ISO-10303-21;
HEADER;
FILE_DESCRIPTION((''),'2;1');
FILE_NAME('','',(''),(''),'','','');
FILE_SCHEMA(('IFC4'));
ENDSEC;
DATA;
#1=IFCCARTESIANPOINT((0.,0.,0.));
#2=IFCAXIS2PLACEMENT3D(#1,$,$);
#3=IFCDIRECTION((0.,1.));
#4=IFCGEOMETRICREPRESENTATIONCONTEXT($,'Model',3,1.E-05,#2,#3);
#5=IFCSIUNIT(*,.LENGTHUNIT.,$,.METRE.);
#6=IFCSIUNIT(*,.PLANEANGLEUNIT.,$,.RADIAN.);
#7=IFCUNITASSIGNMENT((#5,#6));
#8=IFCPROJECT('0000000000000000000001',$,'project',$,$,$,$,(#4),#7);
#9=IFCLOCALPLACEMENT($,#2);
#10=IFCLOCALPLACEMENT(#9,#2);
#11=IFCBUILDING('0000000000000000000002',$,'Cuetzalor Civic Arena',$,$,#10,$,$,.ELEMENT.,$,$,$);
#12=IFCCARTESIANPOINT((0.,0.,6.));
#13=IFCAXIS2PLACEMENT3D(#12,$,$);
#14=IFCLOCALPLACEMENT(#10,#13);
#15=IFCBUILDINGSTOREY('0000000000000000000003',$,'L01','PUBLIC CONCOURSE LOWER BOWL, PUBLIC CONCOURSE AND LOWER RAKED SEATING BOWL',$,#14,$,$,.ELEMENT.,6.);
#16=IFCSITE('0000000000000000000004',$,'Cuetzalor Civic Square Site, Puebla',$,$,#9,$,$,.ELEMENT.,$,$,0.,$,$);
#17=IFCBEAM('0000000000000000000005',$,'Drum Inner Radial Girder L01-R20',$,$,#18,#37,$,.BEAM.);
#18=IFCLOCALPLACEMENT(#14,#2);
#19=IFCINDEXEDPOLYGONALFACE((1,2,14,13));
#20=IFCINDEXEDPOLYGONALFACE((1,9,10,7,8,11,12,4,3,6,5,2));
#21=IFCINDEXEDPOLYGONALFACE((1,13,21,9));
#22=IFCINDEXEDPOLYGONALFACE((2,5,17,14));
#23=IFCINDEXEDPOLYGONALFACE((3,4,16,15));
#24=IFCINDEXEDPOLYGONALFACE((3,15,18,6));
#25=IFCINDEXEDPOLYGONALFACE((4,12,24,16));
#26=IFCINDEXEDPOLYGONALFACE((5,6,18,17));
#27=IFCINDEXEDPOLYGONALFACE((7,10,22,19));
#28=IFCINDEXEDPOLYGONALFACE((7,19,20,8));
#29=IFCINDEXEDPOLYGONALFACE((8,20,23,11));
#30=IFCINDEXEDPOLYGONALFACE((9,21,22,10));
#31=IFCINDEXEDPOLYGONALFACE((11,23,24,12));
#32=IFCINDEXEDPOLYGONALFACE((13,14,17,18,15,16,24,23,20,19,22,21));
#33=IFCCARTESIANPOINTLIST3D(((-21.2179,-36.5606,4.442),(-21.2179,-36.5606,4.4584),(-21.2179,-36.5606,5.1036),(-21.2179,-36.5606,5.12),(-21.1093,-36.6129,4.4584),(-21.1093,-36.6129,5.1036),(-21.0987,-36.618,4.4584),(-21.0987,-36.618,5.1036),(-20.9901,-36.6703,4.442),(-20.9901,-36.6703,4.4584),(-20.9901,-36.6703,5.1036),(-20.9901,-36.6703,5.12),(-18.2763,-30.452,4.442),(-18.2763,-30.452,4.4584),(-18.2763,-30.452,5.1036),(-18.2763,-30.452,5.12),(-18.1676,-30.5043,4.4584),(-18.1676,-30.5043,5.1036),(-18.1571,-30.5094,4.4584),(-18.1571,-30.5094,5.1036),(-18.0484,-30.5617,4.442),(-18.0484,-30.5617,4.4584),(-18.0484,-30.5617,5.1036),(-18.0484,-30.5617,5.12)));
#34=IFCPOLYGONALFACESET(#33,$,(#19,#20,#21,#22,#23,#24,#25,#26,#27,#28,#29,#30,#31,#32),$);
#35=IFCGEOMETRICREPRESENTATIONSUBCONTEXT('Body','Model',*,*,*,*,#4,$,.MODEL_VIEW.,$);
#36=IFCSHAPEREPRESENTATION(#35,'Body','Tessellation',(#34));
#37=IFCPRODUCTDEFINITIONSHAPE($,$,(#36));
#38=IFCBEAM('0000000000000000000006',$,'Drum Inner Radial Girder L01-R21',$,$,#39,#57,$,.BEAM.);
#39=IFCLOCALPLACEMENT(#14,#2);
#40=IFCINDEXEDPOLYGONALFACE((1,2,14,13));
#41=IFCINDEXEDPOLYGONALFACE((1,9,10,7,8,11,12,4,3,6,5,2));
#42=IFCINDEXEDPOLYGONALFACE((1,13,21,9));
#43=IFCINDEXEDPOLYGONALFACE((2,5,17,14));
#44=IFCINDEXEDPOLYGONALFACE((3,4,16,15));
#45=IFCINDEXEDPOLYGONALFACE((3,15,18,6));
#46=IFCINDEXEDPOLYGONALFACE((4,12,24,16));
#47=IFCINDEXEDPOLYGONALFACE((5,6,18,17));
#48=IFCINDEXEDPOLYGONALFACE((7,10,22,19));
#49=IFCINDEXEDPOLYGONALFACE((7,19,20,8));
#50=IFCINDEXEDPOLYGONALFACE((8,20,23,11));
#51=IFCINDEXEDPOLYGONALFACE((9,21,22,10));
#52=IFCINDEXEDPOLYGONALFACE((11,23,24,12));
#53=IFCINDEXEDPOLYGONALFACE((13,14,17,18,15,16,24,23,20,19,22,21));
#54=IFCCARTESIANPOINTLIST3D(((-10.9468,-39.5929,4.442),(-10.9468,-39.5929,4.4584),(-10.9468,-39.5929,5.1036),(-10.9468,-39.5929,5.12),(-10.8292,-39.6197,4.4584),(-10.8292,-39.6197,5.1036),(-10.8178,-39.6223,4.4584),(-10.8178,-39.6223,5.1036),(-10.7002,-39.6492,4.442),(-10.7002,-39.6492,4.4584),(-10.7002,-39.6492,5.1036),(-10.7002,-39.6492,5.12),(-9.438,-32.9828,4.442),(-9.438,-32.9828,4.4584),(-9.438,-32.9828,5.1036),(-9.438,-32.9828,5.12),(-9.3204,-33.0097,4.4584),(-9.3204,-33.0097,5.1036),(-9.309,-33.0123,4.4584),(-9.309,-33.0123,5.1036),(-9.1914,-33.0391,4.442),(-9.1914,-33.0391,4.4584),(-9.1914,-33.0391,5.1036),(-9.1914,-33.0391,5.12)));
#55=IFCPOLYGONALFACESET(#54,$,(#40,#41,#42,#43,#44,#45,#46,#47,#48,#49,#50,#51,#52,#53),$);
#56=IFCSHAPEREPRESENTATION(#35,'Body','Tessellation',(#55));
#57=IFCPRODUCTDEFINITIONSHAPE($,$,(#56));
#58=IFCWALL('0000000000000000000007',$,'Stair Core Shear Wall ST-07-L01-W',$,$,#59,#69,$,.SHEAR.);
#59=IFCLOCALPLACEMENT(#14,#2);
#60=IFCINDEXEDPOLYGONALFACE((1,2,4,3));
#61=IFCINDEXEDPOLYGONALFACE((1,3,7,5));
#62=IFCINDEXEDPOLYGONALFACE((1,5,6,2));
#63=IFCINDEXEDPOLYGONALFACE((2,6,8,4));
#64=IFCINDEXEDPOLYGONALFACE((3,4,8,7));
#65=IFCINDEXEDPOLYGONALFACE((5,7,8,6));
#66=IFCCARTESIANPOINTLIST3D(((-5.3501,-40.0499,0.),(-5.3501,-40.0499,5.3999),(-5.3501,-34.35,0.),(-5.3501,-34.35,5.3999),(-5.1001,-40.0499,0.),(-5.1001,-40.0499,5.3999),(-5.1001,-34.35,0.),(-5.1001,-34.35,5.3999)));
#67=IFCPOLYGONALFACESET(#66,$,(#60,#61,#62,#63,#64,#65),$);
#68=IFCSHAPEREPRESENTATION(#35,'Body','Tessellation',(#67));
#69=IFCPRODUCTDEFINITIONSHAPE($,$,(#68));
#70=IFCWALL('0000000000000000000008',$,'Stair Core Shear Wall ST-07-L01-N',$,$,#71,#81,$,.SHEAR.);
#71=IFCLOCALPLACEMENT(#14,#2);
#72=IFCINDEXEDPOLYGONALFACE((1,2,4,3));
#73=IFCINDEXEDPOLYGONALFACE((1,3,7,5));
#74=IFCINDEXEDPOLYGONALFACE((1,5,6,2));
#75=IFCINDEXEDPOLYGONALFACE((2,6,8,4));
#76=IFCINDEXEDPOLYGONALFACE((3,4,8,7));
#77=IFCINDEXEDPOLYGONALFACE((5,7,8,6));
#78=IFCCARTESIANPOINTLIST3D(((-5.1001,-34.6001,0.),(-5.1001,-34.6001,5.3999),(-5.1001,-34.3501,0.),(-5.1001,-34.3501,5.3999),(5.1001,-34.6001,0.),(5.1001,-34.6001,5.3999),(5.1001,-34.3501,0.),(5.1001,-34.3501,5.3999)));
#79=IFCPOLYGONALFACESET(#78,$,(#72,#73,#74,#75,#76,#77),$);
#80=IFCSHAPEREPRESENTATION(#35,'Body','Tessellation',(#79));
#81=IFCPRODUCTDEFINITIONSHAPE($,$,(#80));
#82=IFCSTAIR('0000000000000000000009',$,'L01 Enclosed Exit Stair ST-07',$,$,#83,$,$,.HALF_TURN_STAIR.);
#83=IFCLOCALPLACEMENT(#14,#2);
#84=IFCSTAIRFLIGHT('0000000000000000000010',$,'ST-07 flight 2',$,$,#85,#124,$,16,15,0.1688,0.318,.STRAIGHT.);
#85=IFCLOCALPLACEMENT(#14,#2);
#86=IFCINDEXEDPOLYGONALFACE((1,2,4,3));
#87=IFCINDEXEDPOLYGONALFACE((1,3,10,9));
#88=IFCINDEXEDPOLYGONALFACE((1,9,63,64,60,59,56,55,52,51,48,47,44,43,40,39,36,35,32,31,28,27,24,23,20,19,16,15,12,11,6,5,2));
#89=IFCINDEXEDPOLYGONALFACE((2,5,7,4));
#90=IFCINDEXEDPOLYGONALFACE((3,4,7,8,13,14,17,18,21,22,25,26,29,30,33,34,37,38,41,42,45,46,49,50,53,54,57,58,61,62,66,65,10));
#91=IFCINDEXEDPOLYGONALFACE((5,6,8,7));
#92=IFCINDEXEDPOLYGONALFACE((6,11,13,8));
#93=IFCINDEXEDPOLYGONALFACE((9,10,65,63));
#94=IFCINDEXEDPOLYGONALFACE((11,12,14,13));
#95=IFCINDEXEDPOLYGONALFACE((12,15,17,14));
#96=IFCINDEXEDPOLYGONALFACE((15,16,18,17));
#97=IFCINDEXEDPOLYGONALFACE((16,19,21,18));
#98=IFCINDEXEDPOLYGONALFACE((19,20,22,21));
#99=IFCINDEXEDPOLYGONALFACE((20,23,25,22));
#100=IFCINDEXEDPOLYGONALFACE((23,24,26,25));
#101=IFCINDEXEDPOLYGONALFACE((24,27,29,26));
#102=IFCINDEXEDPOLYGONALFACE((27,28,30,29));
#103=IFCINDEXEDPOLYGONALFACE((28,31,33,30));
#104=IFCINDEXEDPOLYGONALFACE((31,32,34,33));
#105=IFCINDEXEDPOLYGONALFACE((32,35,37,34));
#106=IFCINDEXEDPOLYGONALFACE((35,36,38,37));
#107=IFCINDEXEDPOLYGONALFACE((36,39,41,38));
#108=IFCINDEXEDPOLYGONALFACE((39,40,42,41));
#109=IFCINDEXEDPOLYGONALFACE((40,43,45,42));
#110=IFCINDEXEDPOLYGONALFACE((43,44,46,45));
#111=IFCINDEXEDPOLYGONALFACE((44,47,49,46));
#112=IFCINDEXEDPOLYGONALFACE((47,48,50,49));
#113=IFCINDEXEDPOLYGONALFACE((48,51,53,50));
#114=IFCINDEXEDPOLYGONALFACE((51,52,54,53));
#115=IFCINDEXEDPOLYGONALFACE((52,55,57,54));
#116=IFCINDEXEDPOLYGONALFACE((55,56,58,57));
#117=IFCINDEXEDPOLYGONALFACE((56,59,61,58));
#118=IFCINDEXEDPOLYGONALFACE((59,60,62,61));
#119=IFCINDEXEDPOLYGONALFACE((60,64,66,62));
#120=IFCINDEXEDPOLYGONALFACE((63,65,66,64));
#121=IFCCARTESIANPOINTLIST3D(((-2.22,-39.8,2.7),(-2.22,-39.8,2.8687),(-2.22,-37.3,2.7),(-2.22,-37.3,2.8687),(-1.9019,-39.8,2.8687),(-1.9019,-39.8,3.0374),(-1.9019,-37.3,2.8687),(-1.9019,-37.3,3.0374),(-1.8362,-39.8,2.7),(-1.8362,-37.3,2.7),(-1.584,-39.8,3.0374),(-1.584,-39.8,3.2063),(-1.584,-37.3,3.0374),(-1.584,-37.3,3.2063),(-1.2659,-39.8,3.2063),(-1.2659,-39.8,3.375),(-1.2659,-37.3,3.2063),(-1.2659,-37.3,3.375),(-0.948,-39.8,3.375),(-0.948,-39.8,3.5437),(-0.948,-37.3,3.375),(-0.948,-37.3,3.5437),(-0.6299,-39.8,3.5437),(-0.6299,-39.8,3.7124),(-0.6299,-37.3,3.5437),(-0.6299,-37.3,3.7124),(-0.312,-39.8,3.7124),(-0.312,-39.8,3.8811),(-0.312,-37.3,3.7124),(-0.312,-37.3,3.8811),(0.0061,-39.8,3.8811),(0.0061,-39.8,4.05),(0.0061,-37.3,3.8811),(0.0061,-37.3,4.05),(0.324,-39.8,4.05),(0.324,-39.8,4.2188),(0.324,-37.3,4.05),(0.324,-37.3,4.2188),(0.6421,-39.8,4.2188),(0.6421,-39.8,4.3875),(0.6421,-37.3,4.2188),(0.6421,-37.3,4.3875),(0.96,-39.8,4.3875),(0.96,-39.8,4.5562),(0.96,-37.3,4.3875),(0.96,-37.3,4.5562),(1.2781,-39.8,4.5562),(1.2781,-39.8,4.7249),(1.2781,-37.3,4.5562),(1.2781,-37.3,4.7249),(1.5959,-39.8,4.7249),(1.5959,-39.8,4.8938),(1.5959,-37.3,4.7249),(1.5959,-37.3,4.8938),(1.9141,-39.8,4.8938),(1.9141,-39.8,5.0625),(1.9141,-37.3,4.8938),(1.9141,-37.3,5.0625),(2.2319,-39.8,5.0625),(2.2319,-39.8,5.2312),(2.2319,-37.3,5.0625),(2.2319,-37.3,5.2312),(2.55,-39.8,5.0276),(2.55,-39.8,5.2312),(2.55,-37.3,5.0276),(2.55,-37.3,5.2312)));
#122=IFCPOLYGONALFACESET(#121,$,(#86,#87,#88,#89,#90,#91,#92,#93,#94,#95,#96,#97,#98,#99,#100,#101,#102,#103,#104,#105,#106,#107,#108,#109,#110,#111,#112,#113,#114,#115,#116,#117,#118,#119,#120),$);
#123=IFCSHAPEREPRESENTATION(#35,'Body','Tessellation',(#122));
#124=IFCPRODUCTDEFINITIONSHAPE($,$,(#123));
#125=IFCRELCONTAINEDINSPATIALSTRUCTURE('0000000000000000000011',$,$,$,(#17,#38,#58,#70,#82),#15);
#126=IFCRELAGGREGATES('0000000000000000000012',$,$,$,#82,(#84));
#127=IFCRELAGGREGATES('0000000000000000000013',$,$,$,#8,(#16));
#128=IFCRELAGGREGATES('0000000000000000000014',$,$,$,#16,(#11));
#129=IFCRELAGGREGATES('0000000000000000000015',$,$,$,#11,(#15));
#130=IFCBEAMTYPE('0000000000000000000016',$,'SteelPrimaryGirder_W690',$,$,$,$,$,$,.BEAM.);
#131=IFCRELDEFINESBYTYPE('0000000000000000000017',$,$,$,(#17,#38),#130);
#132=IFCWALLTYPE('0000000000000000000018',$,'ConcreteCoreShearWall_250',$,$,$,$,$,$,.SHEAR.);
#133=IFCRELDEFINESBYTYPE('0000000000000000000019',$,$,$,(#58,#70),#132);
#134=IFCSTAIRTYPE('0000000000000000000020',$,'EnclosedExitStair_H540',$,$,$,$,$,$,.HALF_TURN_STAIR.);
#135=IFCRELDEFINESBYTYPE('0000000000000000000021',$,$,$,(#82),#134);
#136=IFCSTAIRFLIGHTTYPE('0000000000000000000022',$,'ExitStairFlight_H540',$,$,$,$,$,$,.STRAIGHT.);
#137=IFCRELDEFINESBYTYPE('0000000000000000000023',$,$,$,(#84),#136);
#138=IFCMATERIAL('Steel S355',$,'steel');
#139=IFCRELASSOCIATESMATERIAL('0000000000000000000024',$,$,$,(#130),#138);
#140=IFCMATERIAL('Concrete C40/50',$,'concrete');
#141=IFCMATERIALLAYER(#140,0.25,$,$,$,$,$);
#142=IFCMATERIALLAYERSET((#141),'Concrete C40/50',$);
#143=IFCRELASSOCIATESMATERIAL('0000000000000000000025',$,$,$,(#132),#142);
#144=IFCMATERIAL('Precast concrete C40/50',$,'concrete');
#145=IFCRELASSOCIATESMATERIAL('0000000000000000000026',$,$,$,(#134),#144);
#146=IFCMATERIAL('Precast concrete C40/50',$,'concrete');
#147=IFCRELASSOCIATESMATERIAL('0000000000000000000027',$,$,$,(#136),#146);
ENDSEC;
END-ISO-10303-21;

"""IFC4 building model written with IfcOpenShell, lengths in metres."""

from ifc_helpers import new_model, si_unit, direction, frame, frame_2d, origin, origin_2d, place, context, subcontext, project, spatial, polyline, rectangle, i_section, outline, extrude, material, layer, layer_set, material_profile, profile_set, type_object, element, aggregate, save


model = new_model("IFC4")

# Units and contexts
model_context = context("Model", 3, precision=1e-05, world=origin(), true_north=direction((0.0, 1.0)))
body_context = subcontext(model_context, "Body", "Model", "MODEL_VIEW")
ifc_project = project(units=[si_unit("LENGTHUNIT", "METRE"), si_unit("PLANEANGLEUNIT", "RADIAN")], contexts=[model_context])

# Site, building, storey
site_placement = place(None, origin())
site = spatial("IfcSite", under=ifc_project, at=site_placement, Name="Cuetzalor Civic Square Site, Puebla", CompositionType="ELEMENT", RefElevation=0.0)
building_placement = place(site_placement, origin())
building = spatial("IfcBuilding", under=site, at=building_placement, Name="Cuetzalor Civic Arena", CompositionType="ELEMENT")
storey_placement = place(building_placement, frame((0.0, 0.0, 6.0)))
storey = spatial("IfcBuildingStorey", under=building, at=storey_placement, Name="L01", Description="PUBLIC CONCOURSE LOWER BOWL, PUBLIC CONCOURSE AND LOWER RAKED SEATING BOWL", CompositionType="ELEMENT", Elevation=6.0)

# Beams
ifc_material_1 = material(Name="Steel S355", Category="steel")
ifc_material_profile_1 = material_profile(ifc_material_1, i_section(OverallWidth=0.2529, OverallDepth=0.678, WebThickness=0.0117, FlangeThickness=0.0164, at=origin_2d()), Name="W690x125")
ifc_profile_set_1 = profile_set([ifc_material_profile_1], Name="Steel S355")
beam_type_1 = type_object("IfcBeamType", Name="SteelPrimaryGirder_W690", PredefinedType="BEAM", material=ifc_profile_set_1)
for number, where, z_axis, x_axis, name in (
    (1, (-18.1624, -30.5068, 4.781), (-0.43387, -0.900976, 0.0), (0.900976, -0.43387, 0.0), "Drum Inner Radial Girder L01-R20"),
    (2, (-9.3147, -33.011, 4.781), (-0.222531, -0.974926, 0.0), (0.974926, -0.222531, 0.0), "Drum Inner Radial Girder L01-R21"),
):
    element("IfcBeam", number, at=place(storey_placement, frame(where, z_axis=z_axis, x_axis=x_axis)), inside=storey, type_object=beam_type_1, Name=name, PredefinedType="BEAM", context=body_context, shape_type="SweptSolid", body=[
        extrude(i_section(OverallWidth=0.2529, OverallDepth=0.678, WebThickness=0.0117, FlangeThickness=0.0164, at=origin_2d()), origin(), (0.0, 0.0, 1.0), 6.78),
    ])

# Walls
ifc_material_2 = material(Name="Concrete C40/50", Category="concrete")
ifc_layer = layer(ifc_material_2, 0.25)
ifc_layer_set = layer_set([ifc_layer], Name="Concrete C40/50")
wall_type = type_object("IfcWallType", Name="ConcreteCoreShearWall_250", PredefinedType="SHEAR", material=ifc_layer_set)
wall_1_placement = place(storey_placement, frame((-5.2251, -40.05, 0.0), z_axis=(0.0, 0.0, 1.0), x_axis=(0.0, 1.0, 0.0)))
element("IfcWall", 3, at=wall_1_placement, inside=storey, type_object=wall_type, Name="Stair Core Shear Wall ST-07-L01-W", PredefinedType="SHEAR", context=body_context, shape_type="SweptSolid", body=[
    extrude(rectangle(XDim=5.7, YDim=0.25, at=frame_2d((2.8501, 0.0))), origin(), (0.0, 0.0, 1.0), 5.3999),
])
wall_2_placement = place(storey_placement, frame((-5.1001, -34.4751, 0.0), z_axis=(0.0, 0.0, 1.0), x_axis=(1.0, 0.0, 0.0)))
element("IfcWall", 4, at=wall_2_placement, inside=storey, type_object=wall_type, Name="Stair Core Shear Wall ST-07-L01-N", PredefinedType="SHEAR", context=body_context, shape_type="SweptSolid", body=[
    extrude(rectangle(XDim=10.2002, YDim=0.25, at=frame_2d((5.1001, 0.0))), origin(), (0.0, 0.0, 1.0), 5.3999),
])

# Stair, stair flight
ifc_material_3 = material(Name="Precast concrete C40/50", Category="concrete")
stair_type = type_object("IfcStairType", Name="EnclosedExitStair_H540", PredefinedType="HALF_TURN_STAIR", material=ifc_material_3)
stair_placement = place(storey_placement, origin())
stair = element("IfcStair", 5, at=stair_placement, inside=storey, type_object=stair_type, Name="L01 Enclosed Exit Stair ST-07", PredefinedType="HALF_TURN_STAIR")
ifc_material_4 = material(Name="Precast concrete C40/50", Category="concrete")
stair_flight_type = type_object("IfcStairFlightType", Name="ExitStairFlight_H540", PredefinedType="STRAIGHT", material=ifc_material_4)
stair_flight_placement = place(storey_placement, frame((-2.22, -38.55, 2.7), z_axis=(0.0, 0.0, 1.0), x_axis=(1.0, 0.0, 0.0)))
stair_flight = element("IfcStairFlight", 6, at=stair_flight_placement, type_object=stair_flight_type, Name="ST-07 flight 2", NumberOfRisers=16, NumberOfTreads=15, PredefinedType="STRAIGHT", RiserHeight=0.1688, TreadLength=0.318, context=body_context, shape_type="SweptSolid", body=[
    extrude(outline(polyline([(0.0, 0.0), (0.0, 0.1687), (0.3181, 0.1687), (0.3181, 0.3374), (0.636, 0.3374), (0.636, 0.5063), (0.9541, 0.5063), (0.9541, 0.675), (1.272, 0.675), (1.272, 0.8438), (1.5901, 0.8438), (1.5901, 1.0125), (1.908, 1.0125), (1.908, 1.1812), (2.2261, 1.1812), (2.2261, 1.3501), (2.5439, 1.3501), (2.5439, 1.5188), (2.8621, 1.5188), (2.8621, 1.6875), (3.1799, 1.6875), (3.1799, 1.8562), (3.498, 1.8562), (3.498, 2.0249), (3.8159, 2.0249), (3.8159, 2.1938), (4.134, 2.1938), (4.134, 2.3625), (4.4519, 2.3625), (4.4519, 2.5312), (4.77, 2.5312), (4.77, 2.7), (4.77, 2.3276), (0.3838, 0.0), (0.0, 0.0)])), frame((0.0, 1.25, 0.0), z_axis=(0.0, -1.0, 0.0), x_axis=(1.0, 0.0, 0.0)), (0.0, 0.0, 1.0), 2.5),
])
aggregate(stair, [stair_flight])

save(model, "model.ifc")
